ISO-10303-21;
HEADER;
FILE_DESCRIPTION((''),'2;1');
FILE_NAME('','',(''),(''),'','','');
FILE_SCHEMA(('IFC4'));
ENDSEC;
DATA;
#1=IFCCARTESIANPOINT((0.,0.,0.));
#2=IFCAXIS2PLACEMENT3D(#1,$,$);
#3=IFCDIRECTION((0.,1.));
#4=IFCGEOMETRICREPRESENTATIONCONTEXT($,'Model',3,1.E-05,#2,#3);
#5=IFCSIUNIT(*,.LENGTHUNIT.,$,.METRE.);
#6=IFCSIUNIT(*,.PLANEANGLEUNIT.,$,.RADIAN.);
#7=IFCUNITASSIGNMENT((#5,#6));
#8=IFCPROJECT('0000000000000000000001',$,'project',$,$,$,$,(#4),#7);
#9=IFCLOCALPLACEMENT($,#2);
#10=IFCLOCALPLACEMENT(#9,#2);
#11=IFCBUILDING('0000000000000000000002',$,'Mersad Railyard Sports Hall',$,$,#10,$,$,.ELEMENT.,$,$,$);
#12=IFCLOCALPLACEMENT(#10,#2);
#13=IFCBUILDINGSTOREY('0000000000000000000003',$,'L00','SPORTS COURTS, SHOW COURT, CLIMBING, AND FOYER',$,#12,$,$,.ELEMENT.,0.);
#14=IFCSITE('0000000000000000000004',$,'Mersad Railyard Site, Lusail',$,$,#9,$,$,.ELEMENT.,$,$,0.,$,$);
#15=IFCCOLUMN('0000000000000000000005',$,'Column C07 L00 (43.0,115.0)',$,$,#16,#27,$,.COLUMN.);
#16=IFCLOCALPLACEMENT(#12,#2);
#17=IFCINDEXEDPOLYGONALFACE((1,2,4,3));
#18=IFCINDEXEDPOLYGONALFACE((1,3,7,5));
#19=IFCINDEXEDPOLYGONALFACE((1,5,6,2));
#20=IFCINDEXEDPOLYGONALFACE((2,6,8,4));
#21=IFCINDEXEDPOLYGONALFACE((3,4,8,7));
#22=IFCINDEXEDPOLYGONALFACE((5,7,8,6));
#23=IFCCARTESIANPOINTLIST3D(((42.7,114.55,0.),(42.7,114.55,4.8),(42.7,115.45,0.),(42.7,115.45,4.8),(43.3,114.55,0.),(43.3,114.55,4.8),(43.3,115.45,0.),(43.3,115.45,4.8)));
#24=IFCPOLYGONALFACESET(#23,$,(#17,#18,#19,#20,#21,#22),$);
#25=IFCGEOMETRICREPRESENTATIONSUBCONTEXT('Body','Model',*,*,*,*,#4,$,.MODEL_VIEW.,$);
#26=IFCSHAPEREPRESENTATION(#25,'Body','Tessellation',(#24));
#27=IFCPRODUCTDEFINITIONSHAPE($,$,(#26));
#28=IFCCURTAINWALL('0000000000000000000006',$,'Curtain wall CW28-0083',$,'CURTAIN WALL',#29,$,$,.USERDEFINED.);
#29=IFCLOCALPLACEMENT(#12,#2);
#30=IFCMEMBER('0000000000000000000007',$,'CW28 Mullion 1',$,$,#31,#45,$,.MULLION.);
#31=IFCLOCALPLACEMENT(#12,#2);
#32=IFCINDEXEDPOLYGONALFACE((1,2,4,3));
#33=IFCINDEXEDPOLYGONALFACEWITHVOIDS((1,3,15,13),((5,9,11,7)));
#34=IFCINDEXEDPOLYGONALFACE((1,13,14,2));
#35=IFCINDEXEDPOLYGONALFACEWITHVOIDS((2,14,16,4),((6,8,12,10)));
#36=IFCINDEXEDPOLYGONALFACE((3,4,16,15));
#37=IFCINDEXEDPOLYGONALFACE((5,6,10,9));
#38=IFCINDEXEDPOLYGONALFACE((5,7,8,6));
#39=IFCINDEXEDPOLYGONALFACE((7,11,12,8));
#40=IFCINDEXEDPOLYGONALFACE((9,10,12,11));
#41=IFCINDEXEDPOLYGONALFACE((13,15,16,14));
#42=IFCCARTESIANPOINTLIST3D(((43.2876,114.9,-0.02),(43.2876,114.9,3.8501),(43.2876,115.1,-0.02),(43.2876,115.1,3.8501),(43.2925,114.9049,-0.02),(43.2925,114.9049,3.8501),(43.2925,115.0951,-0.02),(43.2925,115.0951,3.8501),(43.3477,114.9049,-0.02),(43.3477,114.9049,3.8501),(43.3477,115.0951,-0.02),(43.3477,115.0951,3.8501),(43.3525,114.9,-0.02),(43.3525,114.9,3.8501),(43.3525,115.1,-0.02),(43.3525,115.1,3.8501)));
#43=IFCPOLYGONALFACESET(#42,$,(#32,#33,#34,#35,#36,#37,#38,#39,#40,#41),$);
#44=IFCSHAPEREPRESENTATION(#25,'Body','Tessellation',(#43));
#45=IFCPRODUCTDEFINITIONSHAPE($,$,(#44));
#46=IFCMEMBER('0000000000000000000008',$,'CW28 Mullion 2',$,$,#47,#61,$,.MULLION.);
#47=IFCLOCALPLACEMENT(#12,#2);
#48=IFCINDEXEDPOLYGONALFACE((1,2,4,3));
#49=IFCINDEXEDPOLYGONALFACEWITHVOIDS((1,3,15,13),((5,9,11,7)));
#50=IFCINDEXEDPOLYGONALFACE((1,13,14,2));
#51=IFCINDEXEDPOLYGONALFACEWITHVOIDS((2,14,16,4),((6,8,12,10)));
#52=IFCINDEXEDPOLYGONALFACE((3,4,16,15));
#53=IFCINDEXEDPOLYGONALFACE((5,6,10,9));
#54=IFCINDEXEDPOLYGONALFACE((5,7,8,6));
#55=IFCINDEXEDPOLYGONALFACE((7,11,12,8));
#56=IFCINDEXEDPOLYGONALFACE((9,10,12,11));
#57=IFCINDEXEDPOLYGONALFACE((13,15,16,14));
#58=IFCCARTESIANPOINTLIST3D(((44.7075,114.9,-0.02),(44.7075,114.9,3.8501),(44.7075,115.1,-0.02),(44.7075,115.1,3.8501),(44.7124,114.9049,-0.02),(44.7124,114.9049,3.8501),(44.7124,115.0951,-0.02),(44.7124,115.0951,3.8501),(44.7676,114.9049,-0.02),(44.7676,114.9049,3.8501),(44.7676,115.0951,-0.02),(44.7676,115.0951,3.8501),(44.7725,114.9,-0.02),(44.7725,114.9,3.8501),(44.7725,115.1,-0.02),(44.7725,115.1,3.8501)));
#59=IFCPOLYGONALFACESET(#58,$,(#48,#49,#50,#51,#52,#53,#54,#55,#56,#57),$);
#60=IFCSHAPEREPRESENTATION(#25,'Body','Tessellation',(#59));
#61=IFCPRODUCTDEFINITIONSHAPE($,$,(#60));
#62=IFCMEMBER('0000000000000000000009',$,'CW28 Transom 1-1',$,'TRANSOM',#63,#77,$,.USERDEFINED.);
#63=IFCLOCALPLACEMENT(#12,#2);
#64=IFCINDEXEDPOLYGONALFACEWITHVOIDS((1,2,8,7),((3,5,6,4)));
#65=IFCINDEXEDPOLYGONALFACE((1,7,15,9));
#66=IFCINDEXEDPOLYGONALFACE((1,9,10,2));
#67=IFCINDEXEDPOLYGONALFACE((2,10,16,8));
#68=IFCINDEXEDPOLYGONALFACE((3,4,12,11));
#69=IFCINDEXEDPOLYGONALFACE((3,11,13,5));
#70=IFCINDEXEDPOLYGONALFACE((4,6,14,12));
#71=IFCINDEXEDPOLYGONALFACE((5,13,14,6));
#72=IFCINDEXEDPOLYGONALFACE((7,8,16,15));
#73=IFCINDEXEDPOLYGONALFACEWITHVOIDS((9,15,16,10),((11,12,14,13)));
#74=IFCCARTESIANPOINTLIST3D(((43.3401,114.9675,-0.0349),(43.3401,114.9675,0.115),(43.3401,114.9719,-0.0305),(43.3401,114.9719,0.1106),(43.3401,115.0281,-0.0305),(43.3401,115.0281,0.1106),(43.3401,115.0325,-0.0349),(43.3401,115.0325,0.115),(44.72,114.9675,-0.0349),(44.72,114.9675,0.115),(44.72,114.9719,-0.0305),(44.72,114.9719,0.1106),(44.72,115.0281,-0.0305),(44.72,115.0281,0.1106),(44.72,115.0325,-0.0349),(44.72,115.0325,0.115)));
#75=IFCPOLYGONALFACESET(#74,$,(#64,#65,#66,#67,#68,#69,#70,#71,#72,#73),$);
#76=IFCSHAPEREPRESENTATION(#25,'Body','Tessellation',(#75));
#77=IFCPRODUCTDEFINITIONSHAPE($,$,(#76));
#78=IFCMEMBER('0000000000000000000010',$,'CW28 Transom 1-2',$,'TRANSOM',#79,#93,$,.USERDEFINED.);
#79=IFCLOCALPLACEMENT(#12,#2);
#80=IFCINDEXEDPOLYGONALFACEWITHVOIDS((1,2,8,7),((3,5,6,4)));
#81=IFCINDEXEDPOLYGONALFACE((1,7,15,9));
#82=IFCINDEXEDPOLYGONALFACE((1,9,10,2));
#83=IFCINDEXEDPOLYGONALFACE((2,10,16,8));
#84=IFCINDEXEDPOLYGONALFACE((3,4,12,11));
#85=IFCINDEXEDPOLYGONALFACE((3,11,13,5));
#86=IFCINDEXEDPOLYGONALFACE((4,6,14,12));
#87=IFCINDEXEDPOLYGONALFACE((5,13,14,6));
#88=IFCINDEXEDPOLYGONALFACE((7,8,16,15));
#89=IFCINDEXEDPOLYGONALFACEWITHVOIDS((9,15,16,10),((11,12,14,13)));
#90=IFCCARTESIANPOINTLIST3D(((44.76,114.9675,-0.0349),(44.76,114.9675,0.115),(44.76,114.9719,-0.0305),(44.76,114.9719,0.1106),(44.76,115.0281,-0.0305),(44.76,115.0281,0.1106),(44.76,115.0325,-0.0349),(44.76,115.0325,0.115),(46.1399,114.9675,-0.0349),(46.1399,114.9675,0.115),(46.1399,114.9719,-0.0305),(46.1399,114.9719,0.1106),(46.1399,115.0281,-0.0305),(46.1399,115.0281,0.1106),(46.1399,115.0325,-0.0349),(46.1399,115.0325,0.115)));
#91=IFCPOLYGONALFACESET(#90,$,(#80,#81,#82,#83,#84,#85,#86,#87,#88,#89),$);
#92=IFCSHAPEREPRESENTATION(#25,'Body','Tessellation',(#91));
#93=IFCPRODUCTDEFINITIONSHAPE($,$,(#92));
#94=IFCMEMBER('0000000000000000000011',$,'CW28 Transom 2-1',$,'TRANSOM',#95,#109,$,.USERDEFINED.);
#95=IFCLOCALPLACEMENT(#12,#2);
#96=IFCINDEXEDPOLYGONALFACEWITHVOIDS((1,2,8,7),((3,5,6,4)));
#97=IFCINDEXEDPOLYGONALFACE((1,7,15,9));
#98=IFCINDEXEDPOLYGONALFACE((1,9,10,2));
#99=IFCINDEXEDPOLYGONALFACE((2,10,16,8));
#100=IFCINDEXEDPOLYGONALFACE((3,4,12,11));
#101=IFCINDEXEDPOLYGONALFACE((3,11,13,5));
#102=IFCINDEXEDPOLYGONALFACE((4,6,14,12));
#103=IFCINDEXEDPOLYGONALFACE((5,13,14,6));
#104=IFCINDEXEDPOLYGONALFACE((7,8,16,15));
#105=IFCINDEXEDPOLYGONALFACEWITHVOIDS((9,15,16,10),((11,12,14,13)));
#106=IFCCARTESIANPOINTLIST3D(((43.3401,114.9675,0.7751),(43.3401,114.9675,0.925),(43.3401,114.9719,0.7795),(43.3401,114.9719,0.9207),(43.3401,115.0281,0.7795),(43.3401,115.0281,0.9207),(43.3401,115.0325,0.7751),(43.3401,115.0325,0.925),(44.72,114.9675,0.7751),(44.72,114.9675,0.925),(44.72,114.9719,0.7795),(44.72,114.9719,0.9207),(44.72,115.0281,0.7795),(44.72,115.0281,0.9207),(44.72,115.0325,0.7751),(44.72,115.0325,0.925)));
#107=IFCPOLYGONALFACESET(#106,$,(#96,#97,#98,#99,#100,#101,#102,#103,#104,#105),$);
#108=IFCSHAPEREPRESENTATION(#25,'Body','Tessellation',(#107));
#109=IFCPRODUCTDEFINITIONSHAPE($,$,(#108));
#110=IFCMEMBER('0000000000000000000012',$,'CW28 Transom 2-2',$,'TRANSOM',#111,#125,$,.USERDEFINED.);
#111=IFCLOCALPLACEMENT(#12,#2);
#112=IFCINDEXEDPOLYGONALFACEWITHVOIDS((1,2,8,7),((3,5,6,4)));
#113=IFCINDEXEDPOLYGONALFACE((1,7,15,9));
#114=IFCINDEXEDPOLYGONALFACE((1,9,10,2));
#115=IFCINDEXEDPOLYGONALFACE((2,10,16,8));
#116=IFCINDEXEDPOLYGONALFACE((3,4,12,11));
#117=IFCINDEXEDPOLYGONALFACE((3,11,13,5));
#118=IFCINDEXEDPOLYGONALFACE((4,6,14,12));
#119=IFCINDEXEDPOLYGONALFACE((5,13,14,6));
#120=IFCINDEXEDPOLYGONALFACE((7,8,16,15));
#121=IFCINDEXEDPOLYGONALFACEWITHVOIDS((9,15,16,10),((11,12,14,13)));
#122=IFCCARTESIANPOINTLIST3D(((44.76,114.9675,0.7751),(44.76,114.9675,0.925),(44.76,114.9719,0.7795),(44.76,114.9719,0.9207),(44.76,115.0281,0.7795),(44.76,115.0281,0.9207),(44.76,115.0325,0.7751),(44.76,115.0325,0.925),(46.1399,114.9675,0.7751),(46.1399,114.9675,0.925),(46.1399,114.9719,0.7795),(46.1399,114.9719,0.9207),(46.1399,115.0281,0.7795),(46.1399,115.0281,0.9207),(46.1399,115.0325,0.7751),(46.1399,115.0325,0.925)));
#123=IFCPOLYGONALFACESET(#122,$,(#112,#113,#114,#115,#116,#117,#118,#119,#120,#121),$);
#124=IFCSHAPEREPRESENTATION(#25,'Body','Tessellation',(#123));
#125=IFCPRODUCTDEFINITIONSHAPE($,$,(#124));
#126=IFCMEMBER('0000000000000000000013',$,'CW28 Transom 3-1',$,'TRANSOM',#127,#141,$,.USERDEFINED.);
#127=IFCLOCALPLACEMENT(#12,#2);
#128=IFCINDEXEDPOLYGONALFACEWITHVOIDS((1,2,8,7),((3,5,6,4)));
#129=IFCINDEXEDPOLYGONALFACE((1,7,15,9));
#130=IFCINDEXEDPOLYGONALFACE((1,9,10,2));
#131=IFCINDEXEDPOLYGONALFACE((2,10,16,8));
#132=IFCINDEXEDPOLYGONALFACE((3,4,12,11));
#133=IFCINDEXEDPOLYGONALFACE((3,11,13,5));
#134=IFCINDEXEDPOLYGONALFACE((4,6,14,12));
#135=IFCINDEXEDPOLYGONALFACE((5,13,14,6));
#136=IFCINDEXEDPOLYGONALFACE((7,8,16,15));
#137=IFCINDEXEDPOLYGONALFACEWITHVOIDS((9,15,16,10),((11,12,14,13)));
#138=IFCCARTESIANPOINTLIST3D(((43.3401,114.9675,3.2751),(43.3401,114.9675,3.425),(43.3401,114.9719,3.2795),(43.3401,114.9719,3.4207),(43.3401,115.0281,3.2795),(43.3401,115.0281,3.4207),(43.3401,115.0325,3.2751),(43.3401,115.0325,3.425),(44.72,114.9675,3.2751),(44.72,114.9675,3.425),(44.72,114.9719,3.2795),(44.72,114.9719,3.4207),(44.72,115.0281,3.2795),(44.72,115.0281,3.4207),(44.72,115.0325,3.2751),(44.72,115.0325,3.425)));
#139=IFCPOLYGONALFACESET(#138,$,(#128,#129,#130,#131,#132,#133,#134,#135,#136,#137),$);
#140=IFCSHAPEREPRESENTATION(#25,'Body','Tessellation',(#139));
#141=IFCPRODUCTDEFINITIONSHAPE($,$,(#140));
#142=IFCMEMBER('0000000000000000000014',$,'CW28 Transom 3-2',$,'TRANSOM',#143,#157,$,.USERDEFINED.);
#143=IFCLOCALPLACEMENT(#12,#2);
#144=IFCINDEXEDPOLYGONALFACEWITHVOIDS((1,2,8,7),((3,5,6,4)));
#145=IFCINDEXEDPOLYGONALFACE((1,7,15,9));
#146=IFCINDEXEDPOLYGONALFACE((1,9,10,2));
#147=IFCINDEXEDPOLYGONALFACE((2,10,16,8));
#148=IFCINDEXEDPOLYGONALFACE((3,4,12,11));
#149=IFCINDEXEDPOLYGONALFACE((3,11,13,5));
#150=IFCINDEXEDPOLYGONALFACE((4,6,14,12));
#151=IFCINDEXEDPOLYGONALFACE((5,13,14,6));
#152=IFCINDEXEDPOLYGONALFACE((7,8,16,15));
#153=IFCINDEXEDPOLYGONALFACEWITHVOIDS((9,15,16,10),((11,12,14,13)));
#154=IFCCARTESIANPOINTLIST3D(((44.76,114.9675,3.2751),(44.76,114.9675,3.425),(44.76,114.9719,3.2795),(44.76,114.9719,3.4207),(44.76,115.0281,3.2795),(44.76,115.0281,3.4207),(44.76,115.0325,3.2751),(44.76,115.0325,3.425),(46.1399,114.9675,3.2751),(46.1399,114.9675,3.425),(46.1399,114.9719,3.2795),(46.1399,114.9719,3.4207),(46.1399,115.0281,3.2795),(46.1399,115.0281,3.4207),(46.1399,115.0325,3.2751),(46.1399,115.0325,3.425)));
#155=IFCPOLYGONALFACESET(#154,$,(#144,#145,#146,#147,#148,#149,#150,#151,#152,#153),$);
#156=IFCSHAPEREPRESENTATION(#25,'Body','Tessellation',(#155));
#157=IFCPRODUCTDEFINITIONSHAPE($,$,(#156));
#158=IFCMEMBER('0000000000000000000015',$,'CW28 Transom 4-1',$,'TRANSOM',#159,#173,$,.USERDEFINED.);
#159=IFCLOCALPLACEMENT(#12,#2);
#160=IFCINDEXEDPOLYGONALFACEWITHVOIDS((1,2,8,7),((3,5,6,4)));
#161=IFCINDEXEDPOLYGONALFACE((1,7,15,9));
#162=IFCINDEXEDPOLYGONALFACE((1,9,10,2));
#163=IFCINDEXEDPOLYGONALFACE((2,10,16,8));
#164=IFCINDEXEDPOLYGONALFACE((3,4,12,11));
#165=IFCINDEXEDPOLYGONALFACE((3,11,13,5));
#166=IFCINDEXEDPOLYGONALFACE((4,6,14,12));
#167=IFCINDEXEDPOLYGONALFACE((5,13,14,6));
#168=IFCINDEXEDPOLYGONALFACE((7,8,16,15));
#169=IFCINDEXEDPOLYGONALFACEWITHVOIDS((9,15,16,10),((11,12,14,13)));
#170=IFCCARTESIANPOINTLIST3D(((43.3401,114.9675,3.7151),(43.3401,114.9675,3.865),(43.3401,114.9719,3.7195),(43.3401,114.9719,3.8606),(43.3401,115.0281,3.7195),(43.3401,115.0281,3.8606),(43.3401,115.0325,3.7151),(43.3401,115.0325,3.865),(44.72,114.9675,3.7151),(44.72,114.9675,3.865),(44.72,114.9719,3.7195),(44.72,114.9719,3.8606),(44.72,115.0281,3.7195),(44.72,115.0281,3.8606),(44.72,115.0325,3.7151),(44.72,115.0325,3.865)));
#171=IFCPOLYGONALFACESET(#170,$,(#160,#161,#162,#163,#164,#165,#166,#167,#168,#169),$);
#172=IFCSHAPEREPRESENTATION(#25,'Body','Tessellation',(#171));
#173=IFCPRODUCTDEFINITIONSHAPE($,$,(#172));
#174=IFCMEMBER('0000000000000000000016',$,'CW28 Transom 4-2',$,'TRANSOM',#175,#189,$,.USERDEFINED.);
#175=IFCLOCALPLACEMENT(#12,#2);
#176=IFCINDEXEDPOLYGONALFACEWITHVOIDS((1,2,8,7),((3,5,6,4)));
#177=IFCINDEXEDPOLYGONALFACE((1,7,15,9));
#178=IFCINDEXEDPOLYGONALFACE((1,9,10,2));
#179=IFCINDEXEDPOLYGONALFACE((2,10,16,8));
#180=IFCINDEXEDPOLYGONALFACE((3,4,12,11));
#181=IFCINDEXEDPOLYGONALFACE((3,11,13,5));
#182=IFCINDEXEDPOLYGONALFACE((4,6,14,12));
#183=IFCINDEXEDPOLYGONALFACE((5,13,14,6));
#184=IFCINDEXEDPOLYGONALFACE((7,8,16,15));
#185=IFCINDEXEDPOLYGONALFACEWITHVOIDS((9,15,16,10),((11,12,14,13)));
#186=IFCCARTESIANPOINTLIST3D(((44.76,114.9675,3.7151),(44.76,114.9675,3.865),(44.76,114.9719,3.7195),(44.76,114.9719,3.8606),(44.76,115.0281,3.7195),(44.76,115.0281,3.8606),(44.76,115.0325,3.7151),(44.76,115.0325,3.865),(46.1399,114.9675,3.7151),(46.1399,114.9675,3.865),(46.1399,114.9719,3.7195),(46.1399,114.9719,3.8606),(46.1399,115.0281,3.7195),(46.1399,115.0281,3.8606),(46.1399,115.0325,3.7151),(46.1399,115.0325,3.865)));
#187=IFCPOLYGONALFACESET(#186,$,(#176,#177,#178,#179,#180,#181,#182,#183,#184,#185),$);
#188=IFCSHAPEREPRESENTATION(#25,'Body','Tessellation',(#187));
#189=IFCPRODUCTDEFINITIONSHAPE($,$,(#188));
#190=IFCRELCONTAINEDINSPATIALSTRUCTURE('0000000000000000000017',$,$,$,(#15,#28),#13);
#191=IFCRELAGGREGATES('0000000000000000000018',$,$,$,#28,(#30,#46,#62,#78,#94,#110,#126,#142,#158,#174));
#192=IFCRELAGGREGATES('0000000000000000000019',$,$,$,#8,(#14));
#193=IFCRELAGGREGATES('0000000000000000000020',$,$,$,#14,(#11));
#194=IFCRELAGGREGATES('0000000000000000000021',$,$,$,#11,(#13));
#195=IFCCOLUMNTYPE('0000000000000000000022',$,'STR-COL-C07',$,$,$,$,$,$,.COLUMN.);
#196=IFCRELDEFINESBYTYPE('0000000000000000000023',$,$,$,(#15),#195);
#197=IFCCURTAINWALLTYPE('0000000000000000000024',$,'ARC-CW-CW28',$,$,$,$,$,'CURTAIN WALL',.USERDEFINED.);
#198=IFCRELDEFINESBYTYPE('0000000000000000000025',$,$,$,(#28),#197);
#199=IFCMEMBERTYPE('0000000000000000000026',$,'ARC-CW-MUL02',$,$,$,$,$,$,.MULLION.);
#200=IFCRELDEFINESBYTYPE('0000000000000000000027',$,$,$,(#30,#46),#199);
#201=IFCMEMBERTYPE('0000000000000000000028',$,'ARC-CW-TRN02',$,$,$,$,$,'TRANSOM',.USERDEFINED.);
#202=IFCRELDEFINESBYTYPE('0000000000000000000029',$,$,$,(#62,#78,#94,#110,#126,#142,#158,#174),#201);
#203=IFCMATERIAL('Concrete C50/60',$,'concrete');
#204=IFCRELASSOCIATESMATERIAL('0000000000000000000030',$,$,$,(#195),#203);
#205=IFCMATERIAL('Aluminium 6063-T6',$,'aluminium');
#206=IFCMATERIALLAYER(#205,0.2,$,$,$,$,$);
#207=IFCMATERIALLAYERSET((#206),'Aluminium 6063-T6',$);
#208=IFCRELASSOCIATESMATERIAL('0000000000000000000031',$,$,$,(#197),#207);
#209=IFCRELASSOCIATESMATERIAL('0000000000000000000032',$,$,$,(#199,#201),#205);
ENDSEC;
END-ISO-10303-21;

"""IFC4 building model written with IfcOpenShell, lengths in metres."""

from ifc_helpers import new_model, si_unit, direction, frame, origin, origin_2d, place, context, subcontext, project, spatial, rectangle, hollow_rectangle, extrude, material, layer, layer_set, material_profile, profile_set, type_object, element, aggregate, save


model = new_model("IFC4")

# Units and contexts
model_context = context("Model", 3, precision=1e-05, world=origin(), true_north=direction((0.0, 1.0)))
body_context = subcontext(model_context, "Body", "Model", "MODEL_VIEW")
ifc_project = project(units=[si_unit("LENGTHUNIT", "METRE"), si_unit("PLANEANGLEUNIT", "RADIAN")], contexts=[model_context])

# Site, building, storey
site_placement = place(None, origin())
site = spatial("IfcSite", under=ifc_project, at=site_placement, Name="Mersad Railyard Site, Lusail", CompositionType="ELEMENT", RefElevation=0.0)
building_placement = place(site_placement, origin())
building = spatial("IfcBuilding", under=site, at=building_placement, Name="Mersad Railyard Sports Hall", CompositionType="ELEMENT")
storey_placement = place(building_placement, origin())
storey = spatial("IfcBuildingStorey", under=building, at=storey_placement, Name="L00", Description="SPORTS COURTS, SHOW COURT, CLIMBING, AND FOYER", CompositionType="ELEMENT", Elevation=0.0)

# Column
ifc_material_1 = material(Name="Concrete C50/60", Category="concrete")
ifc_material_profile_1 = material_profile(ifc_material_1, rectangle(XDim=0.6001, YDim=0.8999, at=origin_2d()), Name="RC 600x900")
ifc_profile_set_1 = profile_set([ifc_material_profile_1], Name="Concrete C50/60")
column_type = type_object("IfcColumnType", Name="STR-COL-C07", PredefinedType="COLUMN", material=ifc_profile_set_1)
column_placement = place(storey_placement, frame((43.0, 115.0, 0.0), z_axis=(0.0, 0.0, 1.0), x_axis=(1.0, 0.0, 0.0)))
element("IfcColumn", 1, at=column_placement, inside=storey, type_object=column_type, Name="Column C07 L00 (43.0,115.0)", PredefinedType="COLUMN", context=body_context, shape_type="SweptSolid", body=[
    extrude(rectangle(XDim=0.6001, YDim=0.8999, at=origin_2d()), origin(), (0.0, 0.0, 1.0), 4.8),
])

# Curtain wall, members
ifc_material_2 = material(Name="Aluminium 6063-T6", Category="aluminium")
ifc_layer_1 = layer(ifc_material_2, 0.2)
ifc_layer_set_1 = layer_set([ifc_layer_1], Name="Aluminium 6063-T6")
curtain_wall_type = type_object("IfcCurtainWallType", Name="ARC-CW-CW28", ElementType="CURTAIN WALL", PredefinedType="USERDEFINED", material=ifc_layer_set_1)
curtain_wall_placement = place(storey_placement, origin())
curtain_wall = element("IfcCurtainWall", 2, at=curtain_wall_placement, inside=storey, type_object=curtain_wall_type, Name="Curtain wall CW28-0083", ObjectType="CURTAIN WALL", PredefinedType="USERDEFINED")
ifc_material_profile_2 = material_profile(ifc_material_2, hollow_rectangle(XDim=0.0649, YDim=0.2, WallThickness=0.0049, at=origin_2d()), Name="AL MULLION 65x200x5")
ifc_profile_set_2 = profile_set([ifc_material_profile_2], Name="Aluminium 6063-T6")
member_type_1 = type_object("IfcMemberType", Name="ARC-CW-MUL02", PredefinedType="MULLION", material=ifc_profile_set_2)
member_1_placement = place(storey_placement, frame((43.3201, 115.0, -0.02), z_axis=(0.0, 0.0, 1.0), x_axis=(1.0, 0.0, 0.0)))
member_1 = element("IfcMember", 3, at=member_1_placement, type_object=member_type_1, Name="CW28 Mullion 1", PredefinedType="MULLION", context=body_context, shape_type="SweptSolid", body=[
    extrude(hollow_rectangle(XDim=0.0649, YDim=0.2, WallThickness=0.0049, at=origin_2d()), origin(), (0.0, 0.0, 1.0), 3.8701),
])
member_2_placement = place(storey_placement, frame((44.74, 115.0, -0.02), z_axis=(0.0, 0.0, 1.0), x_axis=(1.0, 0.0, 0.0)))
member_2 = element("IfcMember", 4, at=member_2_placement, type_object=member_type_1, Name="CW28 Mullion 2", PredefinedType="MULLION", context=body_context, shape_type="SweptSolid", body=[
    extrude(hollow_rectangle(XDim=0.0649, YDim=0.2, WallThickness=0.0049, at=origin_2d()), origin(), (0.0, 0.0, 1.0), 3.8701),
])
ifc_material_profile_3 = material_profile(ifc_material_2, hollow_rectangle(XDim=0.0649, YDim=0.1499, WallThickness=0.0044, at=origin_2d()), Name="AL TRANSOM 65x150x4.5")
ifc_profile_set_3 = profile_set([ifc_material_profile_3], Name="Aluminium 6063-T6")
member_type_2 = type_object("IfcMemberType", Name="ARC-CW-TRN02", ElementType="TRANSOM", PredefinedType="USERDEFINED", material=ifc_profile_set_3)
member_3_placement = place(storey_placement, frame((43.3401, 115.0, 0.04), z_axis=(1.0, 0.0, 0.0), x_axis=(0.0, 1.0, 0.0)))
member_3 = element("IfcMember", 5, at=member_3_placement, type_object=member_type_2, Name="CW28 Transom 1-1", ObjectType="TRANSOM", PredefinedType="USERDEFINED", context=body_context, shape_type="SweptSolid", body=[
    extrude(hollow_rectangle(XDim=0.0649, YDim=0.1499, WallThickness=0.0044, at=origin_2d()), origin(), (0.0, 0.0, 1.0), 1.3799),
])
member_4_placement = place(storey_placement, frame((44.76, 115.0, 0.04), z_axis=(1.0, 0.0, 0.0), x_axis=(0.0, 1.0, 0.0)))
member_4 = element("IfcMember", 6, at=member_4_placement, type_object=member_type_2, Name="CW28 Transom 1-2", ObjectType="TRANSOM", PredefinedType="USERDEFINED", context=body_context, shape_type="SweptSolid", body=[
    extrude(hollow_rectangle(XDim=0.0649, YDim=0.1499, WallThickness=0.0044, at=origin_2d()), origin(), (0.0, 0.0, 1.0), 1.3799),
])
member_5_placement = place(storey_placement, frame((43.3401, 115.0, 0.8501), z_axis=(1.0, 0.0, 0.0), x_axis=(0.0, 1.0, 0.0)))
member_5 = element("IfcMember", 7, at=member_5_placement, type_object=member_type_2, Name="CW28 Transom 2-1", ObjectType="TRANSOM", PredefinedType="USERDEFINED", context=body_context, shape_type="SweptSolid", body=[
    extrude(hollow_rectangle(XDim=0.0649, YDim=0.1499, WallThickness=0.0044, at=origin_2d()), origin(), (0.0, 0.0, 1.0), 1.3799),
])
member_6_placement = place(storey_placement, frame((44.76, 115.0, 0.8501), z_axis=(1.0, 0.0, 0.0), x_axis=(0.0, 1.0, 0.0)))
member_6 = element("IfcMember", 8, at=member_6_placement, type_object=member_type_2, Name="CW28 Transom 2-2", ObjectType="TRANSOM", PredefinedType="USERDEFINED", context=body_context, shape_type="SweptSolid", body=[
    extrude(hollow_rectangle(XDim=0.0649, YDim=0.1499, WallThickness=0.0044, at=origin_2d()), origin(), (0.0, 0.0, 1.0), 1.3799),
])
member_7_placement = place(storey_placement, frame((43.3401, 115.0, 3.3501), z_axis=(1.0, 0.0, 0.0), x_axis=(0.0, 1.0, 0.0)))
member_7 = element("IfcMember", 9, at=member_7_placement, type_object=member_type_2, Name="CW28 Transom 3-1", ObjectType="TRANSOM", PredefinedType="USERDEFINED", context=body_context, shape_type="SweptSolid", body=[
    extrude(hollow_rectangle(XDim=0.0649, YDim=0.1499, WallThickness=0.0044, at=origin_2d()), origin(), (0.0, 0.0, 1.0), 1.3799),
])
member_8_placement = place(storey_placement, frame((44.76, 115.0, 3.3501), z_axis=(1.0, 0.0, 0.0), x_axis=(0.0, 1.0, 0.0)))
member_8 = element("IfcMember", 10, at=member_8_placement, type_object=member_type_2, Name="CW28 Transom 3-2", ObjectType="TRANSOM", PredefinedType="USERDEFINED", context=body_context, shape_type="SweptSolid", body=[
    extrude(hollow_rectangle(XDim=0.0649, YDim=0.1499, WallThickness=0.0044, at=origin_2d()), origin(), (0.0, 0.0, 1.0), 1.3799),
])
member_9_placement = place(storey_placement, frame((43.3401, 115.0, 3.79), z_axis=(1.0, 0.0, 0.0), x_axis=(0.0, 1.0, 0.0)))
member_9 = element("IfcMember", 11, at=member_9_placement, type_object=member_type_2, Name="CW28 Transom 4-1", ObjectType="TRANSOM", PredefinedType="USERDEFINED", context=body_context, shape_type="SweptSolid", body=[
    extrude(hollow_rectangle(XDim=0.0649, YDim=0.1499, WallThickness=0.0044, at=origin_2d()), origin(), (0.0, 0.0, 1.0), 1.3799),
])
member_10_placement = place(storey_placement, frame((44.76, 115.0, 3.79), z_axis=(1.0, 0.0, 0.0), x_axis=(0.0, 1.0, 0.0)))
member_10 = element("IfcMember", 12, at=member_10_placement, type_object=member_type_2, Name="CW28 Transom 4-2", ObjectType="TRANSOM", PredefinedType="USERDEFINED", context=body_context, shape_type="SweptSolid", body=[
    extrude(hollow_rectangle(XDim=0.0649, YDim=0.1499, WallThickness=0.0044, at=origin_2d()), origin(), (0.0, 0.0, 1.0), 1.3799),
])

aggregate(curtain_wall, [member_1, member_2, member_3, member_4, member_5, member_6, member_7, member_8, member_9, member_10])

save(model, "model.ifc")
